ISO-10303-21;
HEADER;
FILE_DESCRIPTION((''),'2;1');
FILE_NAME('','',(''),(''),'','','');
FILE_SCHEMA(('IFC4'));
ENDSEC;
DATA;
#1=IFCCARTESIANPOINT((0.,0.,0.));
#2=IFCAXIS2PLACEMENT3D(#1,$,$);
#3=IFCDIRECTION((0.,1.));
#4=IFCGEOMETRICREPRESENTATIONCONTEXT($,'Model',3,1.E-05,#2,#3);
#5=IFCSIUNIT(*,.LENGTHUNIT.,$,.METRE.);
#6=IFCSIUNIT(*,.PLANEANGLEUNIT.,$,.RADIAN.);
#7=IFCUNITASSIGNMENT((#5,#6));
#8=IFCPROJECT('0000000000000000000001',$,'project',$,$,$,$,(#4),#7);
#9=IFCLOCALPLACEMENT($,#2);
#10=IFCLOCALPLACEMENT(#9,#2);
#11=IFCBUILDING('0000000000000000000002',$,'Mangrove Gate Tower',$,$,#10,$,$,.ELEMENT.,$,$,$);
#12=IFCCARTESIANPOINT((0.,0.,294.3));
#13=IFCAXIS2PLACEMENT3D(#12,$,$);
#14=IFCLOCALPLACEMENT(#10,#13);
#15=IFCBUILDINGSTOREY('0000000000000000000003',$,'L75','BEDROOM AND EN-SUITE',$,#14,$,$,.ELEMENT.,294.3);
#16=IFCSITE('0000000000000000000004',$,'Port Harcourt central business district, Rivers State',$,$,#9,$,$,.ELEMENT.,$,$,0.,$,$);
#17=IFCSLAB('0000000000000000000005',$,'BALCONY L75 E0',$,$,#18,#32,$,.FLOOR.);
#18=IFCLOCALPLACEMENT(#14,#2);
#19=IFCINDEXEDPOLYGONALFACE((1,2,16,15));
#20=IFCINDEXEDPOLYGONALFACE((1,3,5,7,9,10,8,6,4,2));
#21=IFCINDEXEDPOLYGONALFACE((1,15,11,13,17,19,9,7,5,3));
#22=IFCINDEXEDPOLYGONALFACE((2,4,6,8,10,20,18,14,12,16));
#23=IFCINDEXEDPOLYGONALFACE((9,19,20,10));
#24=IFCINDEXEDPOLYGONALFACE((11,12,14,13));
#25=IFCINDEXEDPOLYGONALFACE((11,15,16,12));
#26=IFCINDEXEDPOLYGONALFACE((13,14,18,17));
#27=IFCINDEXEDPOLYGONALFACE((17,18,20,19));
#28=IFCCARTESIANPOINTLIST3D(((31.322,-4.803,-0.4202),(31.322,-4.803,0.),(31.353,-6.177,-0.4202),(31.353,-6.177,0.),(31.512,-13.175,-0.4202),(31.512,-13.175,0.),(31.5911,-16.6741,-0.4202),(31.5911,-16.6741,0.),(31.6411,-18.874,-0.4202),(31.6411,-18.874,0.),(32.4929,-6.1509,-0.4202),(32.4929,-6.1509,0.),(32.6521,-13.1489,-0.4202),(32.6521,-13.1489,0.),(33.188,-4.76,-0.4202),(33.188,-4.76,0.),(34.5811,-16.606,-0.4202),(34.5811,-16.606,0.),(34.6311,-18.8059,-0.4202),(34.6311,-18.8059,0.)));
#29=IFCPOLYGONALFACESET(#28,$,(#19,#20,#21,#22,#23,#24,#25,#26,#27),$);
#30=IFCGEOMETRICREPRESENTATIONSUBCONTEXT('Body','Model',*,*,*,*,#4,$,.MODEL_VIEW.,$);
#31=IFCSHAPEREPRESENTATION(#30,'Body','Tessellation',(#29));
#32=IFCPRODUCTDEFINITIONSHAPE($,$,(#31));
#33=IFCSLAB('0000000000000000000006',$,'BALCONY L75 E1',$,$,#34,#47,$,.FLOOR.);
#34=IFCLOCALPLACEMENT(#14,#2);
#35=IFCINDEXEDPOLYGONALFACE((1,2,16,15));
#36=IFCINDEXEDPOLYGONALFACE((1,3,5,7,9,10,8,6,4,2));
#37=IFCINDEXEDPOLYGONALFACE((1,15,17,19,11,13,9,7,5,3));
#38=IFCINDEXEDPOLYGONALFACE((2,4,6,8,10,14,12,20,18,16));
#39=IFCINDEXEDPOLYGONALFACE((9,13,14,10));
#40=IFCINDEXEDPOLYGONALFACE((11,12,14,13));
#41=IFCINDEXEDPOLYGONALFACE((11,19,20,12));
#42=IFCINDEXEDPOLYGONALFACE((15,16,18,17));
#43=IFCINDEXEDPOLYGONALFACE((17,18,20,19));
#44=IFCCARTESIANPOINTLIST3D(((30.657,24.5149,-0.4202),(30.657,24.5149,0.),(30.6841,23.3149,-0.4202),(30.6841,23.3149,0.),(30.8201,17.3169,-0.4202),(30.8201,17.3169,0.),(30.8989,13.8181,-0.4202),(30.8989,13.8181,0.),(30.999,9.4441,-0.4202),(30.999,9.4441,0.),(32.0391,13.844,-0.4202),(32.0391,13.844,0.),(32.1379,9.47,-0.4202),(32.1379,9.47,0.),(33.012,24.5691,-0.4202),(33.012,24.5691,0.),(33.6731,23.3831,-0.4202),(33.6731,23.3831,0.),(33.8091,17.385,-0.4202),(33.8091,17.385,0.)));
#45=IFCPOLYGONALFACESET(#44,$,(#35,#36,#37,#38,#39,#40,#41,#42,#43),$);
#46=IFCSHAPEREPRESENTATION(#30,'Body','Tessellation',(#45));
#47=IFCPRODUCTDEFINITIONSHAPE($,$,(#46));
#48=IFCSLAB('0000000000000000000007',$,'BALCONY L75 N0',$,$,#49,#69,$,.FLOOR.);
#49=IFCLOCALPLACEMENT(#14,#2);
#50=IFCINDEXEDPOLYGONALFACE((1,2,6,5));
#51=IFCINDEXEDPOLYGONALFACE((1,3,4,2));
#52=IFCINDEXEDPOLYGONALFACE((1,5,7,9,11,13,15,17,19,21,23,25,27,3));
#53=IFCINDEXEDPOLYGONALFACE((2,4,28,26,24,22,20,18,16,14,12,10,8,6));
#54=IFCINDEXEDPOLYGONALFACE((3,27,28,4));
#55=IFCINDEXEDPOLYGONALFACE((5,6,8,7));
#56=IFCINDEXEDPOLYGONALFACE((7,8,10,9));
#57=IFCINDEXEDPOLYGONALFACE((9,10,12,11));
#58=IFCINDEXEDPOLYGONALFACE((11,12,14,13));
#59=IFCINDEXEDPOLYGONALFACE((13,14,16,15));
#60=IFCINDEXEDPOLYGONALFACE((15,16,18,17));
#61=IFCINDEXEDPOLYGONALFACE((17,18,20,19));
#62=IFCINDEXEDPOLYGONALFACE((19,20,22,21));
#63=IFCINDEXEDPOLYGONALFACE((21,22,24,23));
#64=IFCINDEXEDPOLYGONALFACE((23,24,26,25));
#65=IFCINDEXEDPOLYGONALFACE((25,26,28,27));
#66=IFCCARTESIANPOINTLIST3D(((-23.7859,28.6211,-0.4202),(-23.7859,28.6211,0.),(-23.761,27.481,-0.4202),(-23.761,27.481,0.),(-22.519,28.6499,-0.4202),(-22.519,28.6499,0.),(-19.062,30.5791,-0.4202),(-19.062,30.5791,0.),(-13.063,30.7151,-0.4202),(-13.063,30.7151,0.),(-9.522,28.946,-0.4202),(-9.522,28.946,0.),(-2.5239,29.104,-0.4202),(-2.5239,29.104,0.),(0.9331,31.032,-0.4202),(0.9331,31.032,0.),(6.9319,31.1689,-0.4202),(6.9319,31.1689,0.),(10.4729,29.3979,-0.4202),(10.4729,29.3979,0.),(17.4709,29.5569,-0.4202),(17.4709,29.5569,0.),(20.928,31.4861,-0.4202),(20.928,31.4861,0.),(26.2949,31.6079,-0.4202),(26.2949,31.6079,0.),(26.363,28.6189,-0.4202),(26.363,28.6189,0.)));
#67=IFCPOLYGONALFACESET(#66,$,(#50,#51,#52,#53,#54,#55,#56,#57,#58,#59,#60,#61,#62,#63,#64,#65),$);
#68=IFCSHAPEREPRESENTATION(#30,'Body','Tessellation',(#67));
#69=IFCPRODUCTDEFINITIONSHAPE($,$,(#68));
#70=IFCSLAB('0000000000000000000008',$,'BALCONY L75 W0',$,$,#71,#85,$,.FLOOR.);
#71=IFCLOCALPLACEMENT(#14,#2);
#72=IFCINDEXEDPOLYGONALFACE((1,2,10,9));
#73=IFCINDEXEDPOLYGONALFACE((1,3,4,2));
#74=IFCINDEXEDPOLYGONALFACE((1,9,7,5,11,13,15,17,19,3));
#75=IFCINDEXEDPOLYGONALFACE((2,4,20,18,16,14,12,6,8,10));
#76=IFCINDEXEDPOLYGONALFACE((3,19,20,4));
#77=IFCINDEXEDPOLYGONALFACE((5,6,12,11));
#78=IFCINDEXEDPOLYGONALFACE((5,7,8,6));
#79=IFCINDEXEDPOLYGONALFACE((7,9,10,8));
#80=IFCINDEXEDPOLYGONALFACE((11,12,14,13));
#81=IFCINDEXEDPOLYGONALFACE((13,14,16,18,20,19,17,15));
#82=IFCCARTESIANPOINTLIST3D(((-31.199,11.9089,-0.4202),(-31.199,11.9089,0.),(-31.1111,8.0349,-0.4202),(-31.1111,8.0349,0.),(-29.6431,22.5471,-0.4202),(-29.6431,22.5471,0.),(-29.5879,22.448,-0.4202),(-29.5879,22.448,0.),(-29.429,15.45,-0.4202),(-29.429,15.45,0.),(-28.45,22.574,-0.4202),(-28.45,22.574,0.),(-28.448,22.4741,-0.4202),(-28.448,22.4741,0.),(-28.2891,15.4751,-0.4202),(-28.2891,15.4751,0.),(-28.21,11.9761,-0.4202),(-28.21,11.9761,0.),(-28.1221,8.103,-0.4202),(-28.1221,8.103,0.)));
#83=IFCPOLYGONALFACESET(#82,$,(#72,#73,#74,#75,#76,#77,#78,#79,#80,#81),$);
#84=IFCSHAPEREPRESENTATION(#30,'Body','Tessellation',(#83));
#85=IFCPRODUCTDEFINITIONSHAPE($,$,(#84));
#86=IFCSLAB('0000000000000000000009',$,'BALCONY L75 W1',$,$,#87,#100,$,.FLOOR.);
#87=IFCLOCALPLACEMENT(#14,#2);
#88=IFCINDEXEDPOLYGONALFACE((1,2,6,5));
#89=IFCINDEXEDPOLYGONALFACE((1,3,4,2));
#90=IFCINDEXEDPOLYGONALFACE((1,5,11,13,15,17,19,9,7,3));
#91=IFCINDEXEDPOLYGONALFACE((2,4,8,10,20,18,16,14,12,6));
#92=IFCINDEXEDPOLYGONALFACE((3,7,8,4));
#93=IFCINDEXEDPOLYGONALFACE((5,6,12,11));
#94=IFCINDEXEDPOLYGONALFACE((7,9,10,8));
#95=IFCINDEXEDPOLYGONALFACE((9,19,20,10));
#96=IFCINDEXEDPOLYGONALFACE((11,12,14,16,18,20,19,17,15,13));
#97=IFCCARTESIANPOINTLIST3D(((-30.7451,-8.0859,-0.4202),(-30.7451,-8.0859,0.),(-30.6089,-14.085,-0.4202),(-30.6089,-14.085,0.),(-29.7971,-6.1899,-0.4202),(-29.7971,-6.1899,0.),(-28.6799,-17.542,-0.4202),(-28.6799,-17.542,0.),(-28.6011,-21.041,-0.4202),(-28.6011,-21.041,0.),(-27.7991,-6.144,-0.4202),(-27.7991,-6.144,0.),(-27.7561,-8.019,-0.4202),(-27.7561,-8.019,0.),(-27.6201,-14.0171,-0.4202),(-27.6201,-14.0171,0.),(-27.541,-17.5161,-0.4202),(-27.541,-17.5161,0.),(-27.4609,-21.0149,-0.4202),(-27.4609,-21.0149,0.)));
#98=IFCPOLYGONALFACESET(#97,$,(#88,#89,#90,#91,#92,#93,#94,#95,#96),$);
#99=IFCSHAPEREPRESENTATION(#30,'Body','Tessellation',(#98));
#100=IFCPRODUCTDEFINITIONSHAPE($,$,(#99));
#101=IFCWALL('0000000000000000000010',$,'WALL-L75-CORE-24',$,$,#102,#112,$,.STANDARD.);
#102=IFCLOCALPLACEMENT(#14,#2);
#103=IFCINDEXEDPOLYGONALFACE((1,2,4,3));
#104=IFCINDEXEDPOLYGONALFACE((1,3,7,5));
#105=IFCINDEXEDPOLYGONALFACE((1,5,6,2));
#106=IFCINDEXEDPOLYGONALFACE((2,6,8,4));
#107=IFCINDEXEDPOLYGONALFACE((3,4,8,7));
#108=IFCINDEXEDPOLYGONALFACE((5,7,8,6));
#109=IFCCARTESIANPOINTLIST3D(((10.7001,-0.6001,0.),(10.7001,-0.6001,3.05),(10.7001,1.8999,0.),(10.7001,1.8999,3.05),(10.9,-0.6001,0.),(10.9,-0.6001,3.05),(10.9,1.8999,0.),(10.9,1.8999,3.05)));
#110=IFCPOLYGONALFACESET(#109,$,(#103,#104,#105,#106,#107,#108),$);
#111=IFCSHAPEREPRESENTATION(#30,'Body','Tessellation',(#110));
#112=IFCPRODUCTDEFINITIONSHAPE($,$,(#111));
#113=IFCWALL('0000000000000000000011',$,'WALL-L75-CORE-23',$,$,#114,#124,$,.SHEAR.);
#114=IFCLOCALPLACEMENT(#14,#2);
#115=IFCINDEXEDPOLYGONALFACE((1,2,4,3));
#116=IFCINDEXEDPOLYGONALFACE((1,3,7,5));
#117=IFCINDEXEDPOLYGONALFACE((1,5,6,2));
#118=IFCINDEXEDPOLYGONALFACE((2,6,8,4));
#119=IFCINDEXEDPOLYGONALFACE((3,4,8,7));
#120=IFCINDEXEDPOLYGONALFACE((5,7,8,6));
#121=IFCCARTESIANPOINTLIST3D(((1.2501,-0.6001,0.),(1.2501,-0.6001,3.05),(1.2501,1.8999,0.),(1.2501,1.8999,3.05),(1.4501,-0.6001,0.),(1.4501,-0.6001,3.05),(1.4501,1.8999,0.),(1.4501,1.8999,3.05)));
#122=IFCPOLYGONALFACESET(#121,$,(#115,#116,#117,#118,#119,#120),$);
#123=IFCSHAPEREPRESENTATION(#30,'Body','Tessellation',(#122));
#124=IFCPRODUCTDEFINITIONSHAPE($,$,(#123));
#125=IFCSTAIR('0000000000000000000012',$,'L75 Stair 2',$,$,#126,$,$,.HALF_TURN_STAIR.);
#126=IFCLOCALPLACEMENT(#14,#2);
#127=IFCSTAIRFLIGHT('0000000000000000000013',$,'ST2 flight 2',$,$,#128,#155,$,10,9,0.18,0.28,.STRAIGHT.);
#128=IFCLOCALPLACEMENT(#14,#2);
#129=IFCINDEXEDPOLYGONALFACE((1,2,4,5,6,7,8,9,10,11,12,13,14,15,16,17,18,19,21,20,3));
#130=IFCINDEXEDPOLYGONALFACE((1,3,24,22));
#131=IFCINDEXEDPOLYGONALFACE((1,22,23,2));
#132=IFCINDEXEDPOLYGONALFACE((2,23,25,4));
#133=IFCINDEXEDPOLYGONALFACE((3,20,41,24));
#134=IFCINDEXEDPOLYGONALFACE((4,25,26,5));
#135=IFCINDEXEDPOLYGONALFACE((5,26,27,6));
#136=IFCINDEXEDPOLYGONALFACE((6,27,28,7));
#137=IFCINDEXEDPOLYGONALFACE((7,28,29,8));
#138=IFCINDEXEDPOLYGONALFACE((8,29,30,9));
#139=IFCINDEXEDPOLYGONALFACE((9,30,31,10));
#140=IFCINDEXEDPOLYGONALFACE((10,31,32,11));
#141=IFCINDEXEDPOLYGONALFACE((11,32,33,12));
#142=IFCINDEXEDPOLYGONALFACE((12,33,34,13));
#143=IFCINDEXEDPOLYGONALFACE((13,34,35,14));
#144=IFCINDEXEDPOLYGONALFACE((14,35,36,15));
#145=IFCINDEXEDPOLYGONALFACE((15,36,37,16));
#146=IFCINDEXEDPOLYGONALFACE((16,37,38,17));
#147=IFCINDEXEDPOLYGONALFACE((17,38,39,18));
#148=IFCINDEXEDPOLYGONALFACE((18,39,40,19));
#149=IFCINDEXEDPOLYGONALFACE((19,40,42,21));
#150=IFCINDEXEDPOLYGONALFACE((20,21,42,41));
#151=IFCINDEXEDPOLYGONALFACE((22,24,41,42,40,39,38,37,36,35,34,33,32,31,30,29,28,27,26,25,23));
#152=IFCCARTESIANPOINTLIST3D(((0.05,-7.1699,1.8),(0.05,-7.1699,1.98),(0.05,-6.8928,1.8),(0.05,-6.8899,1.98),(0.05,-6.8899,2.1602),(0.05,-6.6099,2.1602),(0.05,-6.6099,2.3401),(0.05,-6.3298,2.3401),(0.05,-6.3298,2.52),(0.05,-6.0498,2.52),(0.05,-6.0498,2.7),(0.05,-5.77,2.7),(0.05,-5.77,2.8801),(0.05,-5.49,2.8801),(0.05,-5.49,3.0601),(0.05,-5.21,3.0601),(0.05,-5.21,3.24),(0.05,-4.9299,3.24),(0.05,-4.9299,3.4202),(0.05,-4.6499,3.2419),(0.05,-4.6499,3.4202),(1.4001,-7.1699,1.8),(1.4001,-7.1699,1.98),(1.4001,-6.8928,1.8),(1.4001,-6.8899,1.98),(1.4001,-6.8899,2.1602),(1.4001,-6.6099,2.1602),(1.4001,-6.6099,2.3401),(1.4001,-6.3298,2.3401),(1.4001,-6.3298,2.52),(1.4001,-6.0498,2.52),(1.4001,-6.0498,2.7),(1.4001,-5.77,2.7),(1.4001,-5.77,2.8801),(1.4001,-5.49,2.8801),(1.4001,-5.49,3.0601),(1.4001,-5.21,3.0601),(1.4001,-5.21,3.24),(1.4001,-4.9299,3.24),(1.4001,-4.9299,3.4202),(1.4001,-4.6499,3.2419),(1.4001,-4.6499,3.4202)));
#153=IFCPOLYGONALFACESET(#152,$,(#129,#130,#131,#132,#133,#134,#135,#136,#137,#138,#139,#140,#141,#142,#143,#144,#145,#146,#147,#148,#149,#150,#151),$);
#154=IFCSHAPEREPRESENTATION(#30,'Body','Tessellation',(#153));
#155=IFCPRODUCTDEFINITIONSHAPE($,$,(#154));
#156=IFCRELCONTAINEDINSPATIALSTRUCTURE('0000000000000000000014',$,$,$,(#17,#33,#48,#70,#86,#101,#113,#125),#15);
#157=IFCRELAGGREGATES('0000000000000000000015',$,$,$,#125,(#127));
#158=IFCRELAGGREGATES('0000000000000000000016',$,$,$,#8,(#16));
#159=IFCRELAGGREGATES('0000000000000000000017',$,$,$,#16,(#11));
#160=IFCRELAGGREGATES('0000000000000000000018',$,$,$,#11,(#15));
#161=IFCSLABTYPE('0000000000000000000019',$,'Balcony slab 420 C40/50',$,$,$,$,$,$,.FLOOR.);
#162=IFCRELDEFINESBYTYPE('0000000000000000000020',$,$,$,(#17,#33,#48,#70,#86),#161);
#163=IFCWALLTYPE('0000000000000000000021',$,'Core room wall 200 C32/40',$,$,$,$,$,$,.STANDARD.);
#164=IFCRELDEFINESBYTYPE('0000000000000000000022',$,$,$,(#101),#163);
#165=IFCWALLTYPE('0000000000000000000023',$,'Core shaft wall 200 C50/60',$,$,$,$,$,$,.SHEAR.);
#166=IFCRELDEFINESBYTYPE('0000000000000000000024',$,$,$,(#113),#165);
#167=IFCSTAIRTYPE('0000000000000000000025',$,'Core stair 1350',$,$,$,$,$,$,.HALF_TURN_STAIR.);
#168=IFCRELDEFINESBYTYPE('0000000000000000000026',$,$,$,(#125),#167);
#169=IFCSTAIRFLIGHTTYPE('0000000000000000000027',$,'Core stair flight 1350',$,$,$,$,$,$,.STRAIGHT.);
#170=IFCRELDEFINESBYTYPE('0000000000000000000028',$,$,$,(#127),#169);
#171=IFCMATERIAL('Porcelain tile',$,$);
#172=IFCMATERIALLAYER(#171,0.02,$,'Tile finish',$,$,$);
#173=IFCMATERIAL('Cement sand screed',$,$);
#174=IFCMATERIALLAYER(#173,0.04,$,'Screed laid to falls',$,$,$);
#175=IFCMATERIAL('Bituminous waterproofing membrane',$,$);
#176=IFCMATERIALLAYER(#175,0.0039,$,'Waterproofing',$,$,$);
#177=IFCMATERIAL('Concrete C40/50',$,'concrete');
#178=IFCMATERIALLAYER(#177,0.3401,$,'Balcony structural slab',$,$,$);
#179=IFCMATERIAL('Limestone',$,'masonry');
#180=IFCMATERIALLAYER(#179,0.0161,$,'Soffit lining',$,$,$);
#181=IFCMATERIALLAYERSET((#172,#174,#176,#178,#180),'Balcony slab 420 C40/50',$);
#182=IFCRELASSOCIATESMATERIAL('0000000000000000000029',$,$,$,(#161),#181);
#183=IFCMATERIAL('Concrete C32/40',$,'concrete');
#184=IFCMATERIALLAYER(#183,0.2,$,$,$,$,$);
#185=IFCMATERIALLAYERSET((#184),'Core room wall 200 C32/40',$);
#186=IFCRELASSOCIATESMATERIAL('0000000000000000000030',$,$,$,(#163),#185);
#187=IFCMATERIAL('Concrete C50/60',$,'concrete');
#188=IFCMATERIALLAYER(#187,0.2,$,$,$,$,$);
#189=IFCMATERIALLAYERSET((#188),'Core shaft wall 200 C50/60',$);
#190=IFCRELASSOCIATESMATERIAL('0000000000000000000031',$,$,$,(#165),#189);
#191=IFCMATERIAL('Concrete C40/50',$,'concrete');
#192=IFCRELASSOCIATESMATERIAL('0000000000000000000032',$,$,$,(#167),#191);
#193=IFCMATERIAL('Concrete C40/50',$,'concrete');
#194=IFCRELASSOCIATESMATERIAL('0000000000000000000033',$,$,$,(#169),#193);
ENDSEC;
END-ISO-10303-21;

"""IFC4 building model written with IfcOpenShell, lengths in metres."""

from ifc_helpers import new_model, si_unit, direction, frame, frame_2d, origin, place, context, subcontext, project, spatial, polyline, rectangle, outline, extrude, material, layer, layer_set, type_object, element, aggregate, save


model = new_model("IFC4")

# Units and contexts
model_context = context("Model", 3, precision=1e-05, world=origin(), true_north=direction((0.0, 1.0)))
body_context = subcontext(model_context, "Body", "Model", "MODEL_VIEW")
ifc_project = project(units=[si_unit("LENGTHUNIT", "METRE"), si_unit("PLANEANGLEUNIT", "RADIAN")], contexts=[model_context])

# Site, building, storey
site_placement = place(None, origin())
site = spatial("IfcSite", under=ifc_project, at=site_placement, Name="Port Harcourt central business district, Rivers State", CompositionType="ELEMENT", RefElevation=0.0)
building_placement = place(site_placement, origin())
building = spatial("IfcBuilding", under=site, at=building_placement, Name="Mangrove Gate Tower", CompositionType="ELEMENT")
storey_placement = place(building_placement, frame((0.0, 0.0, 294.3)))
storey = spatial("IfcBuildingStorey", under=building, at=storey_placement, Name="L75", Description="BEDROOM AND EN-SUITE", CompositionType="ELEMENT", Elevation=294.3)

# Slabs
ifc_material_1 = material(Name="Porcelain tile")
ifc_layer_1 = layer(ifc_material_1, 0.02, Name="Tile finish")
ifc_material_2 = material(Name="Cement sand screed")
ifc_layer_2 = layer(ifc_material_2, 0.04, Name="Screed laid to falls")
ifc_material_3 = material(Name="Bituminous waterproofing membrane")
ifc_layer_3 = layer(ifc_material_3, 0.0039, Name="Waterproofing")
ifc_material_4 = material(Name="Concrete C40/50", Category="concrete")
ifc_layer_4 = layer(ifc_material_4, 0.3401, Name="Balcony structural slab")
ifc_material_5 = material(Name="Limestone", Category="masonry")
ifc_layer_5 = layer(ifc_material_5, 0.0161, Name="Soffit lining")
ifc_layer_set_1 = layer_set([ifc_layer_1, ifc_layer_2, ifc_layer_3, ifc_layer_4, ifc_layer_5], Name="Balcony slab 420 C40/50")
slab_type = type_object("IfcSlabType", Name="Balcony slab 420 C40/50", PredefinedType="FLOOR", material=ifc_layer_set_1)
slab_1_placement = place(storey_placement, frame((0.0, 0.0, -0.4202)))
element("IfcSlab", 1, at=slab_1_placement, inside=storey, type_object=slab_type, Name="BALCONY L75 E0", PredefinedType="FLOOR", context=body_context, shape_type="SweptSolid", body=[
    extrude(outline(polyline([(34.6311, -18.8059), (34.5811, -16.606), (32.6521, -13.1489), (32.4929, -6.1509), (33.188, -4.76), (31.322, -4.803), (31.353, -6.177), (31.512, -13.175), (31.5911, -16.6741), (31.6411, -18.874), (34.6311, -18.8059)])), origin(), (0.0, 0.0, 1.0), 0.4202),
])
slab_2_placement = place(storey_placement, frame((0.0, 0.0, -0.4202)))
element("IfcSlab", 2, at=slab_2_placement, inside=storey, type_object=slab_type, Name="BALCONY L75 E1", PredefinedType="FLOOR", context=body_context, shape_type="SweptSolid", body=[
    extrude(outline(polyline([(32.1379, 9.47), (32.0391, 13.844), (33.8091, 17.385), (33.6731, 23.3831), (33.012, 24.5691), (30.657, 24.5149), (30.6841, 23.3149), (30.8201, 17.3169), (30.8989, 13.8181), (30.999, 9.4441), (32.1379, 9.47)])), origin(), (0.0, 0.0, 1.0), 0.4202),
])
slab_3_placement = place(storey_placement, frame((0.0, 0.0, -0.4202)))
element("IfcSlab", 3, at=slab_3_placement, inside=storey, type_object=slab_type, Name="BALCONY L75 N0", PredefinedType="FLOOR", context=body_context, shape_type="SweptSolid", body=[
    extrude(outline(polyline([(26.2949, 31.6079), (20.928, 31.4861), (17.4709, 29.5569), (10.4729, 29.3979), (6.9319, 31.1689), (0.9331, 31.032), (-2.5239, 29.104), (-9.522, 28.946), (-13.063, 30.7151), (-19.062, 30.5791), (-22.519, 28.6499), (-23.7859, 28.6211), (-23.761, 27.481), (26.363, 28.6189), (26.2949, 31.6079)])), origin(), (0.0, 0.0, 1.0), 0.4202),
])
slab_4_placement = place(storey_placement, frame((0.0, 0.0, -0.4202)))
element("IfcSlab", 4, at=slab_4_placement, inside=storey, type_object=slab_type, Name="BALCONY L75 W0", PredefinedType="FLOOR", context=body_context, shape_type="SweptSolid", body=[
    extrude(outline(polyline([(-29.6431, 22.5471), (-29.5879, 22.448), (-29.429, 15.45), (-31.199, 11.9089), (-31.1111, 8.0349), (-28.1221, 8.103), (-28.21, 11.9761), (-28.2891, 15.4751), (-28.448, 22.4741), (-28.45, 22.574), (-29.6431, 22.5471)])), origin(), (0.0, 0.0, 1.0), 0.4202),
])
slab_5_placement = place(storey_placement, frame((0.0, 0.0, -0.4202)))
element("IfcSlab", 5, at=slab_5_placement, inside=storey, type_object=slab_type, Name="BALCONY L75 W1", PredefinedType="FLOOR", context=body_context, shape_type="SweptSolid", body=[
    extrude(outline(polyline([(-29.7971, -6.1899), (-30.7451, -8.0859), (-30.6089, -14.085), (-28.6799, -17.542), (-28.6011, -21.041), (-27.4609, -21.0149), (-27.541, -17.5161), (-27.6201, -14.0171), (-27.7561, -8.019), (-27.7991, -6.144), (-29.7971, -6.1899)])), origin(), (0.0, 0.0, 1.0), 0.4202),
])

# Walls
ifc_material_6 = material(Name="Concrete C32/40", Category="concrete")
ifc_layer_6 = layer(ifc_material_6, 0.2)
ifc_layer_set_2 = layer_set([ifc_layer_6], Name="Core room wall 200 C32/40")
wall_type_1 = type_object("IfcWallType", Name="Core room wall 200 C32/40", PredefinedType="STANDARD", material=ifc_layer_set_2)
wall_1_placement = place(storey_placement, frame((10.8, -0.6001, 0.0), z_axis=(0.0, 0.0, 1.0), x_axis=(0.0, 1.0, 0.0)))
element("IfcWall", 6, at=wall_1_placement, inside=storey, type_object=wall_type_1, Name="WALL-L75-CORE-24", PredefinedType="STANDARD", context=body_context, shape_type="SweptSolid", body=[
    extrude(rectangle(XDim=2.5, YDim=0.2, at=frame_2d((1.25, 0.0))), origin(), (0.0, 0.0, 1.0), 3.05),
])
ifc_material_7 = material(Name="Concrete C50/60", Category="concrete")
ifc_layer_7 = layer(ifc_material_7, 0.2)
ifc_layer_set_3 = layer_set([ifc_layer_7], Name="Core shaft wall 200 C50/60")
wall_type_2 = type_object("IfcWallType", Name="Core shaft wall 200 C50/60", PredefinedType="SHEAR", material=ifc_layer_set_3)
wall_2_placement = place(storey_placement, frame((1.3501, -0.6001, 0.0), z_axis=(0.0, 0.0, 1.0), x_axis=(0.0, 1.0, 0.0)))
element("IfcWall", 7, at=wall_2_placement, inside=storey, type_object=wall_type_2, Name="WALL-L75-CORE-23", PredefinedType="SHEAR", context=body_context, shape_type="SweptSolid", body=[
    extrude(rectangle(XDim=2.5, YDim=0.2, at=frame_2d((1.25, 0.0))), origin(), (0.0, 0.0, 1.0), 3.05),
])

# Stair, stair flight
ifc_material_8 = material(Name="Concrete C40/50", Category="concrete")
stair_type = type_object("IfcStairType", Name="Core stair 1350", PredefinedType="HALF_TURN_STAIR", material=ifc_material_8)
stair_1_placement = place(storey_placement, origin())
stair_1 = element("IfcStair", 8, at=stair_1_placement, inside=storey, type_object=stair_type, Name="L75 Stair 2", PredefinedType="HALF_TURN_STAIR")
ifc_material_9 = material(Name="Concrete C40/50", Category="concrete")
stair_flight_type = type_object("IfcStairFlightType", Name="Core stair flight 1350", PredefinedType="STRAIGHT", material=ifc_material_9)
stair_flight_1_placement = place(storey_placement, frame((0.7251, -7.1699, 1.8), z_axis=(0.0, 0.0, 1.0), x_axis=(0.0, 1.0, 0.0)))
stair_flight_1 = element("IfcStairFlight", 9, at=stair_flight_1_placement, type_object=stair_flight_type, Name="ST2 flight 2", NumberOfRisers=10, NumberOfTreads=9, PredefinedType="STRAIGHT", RiserHeight=0.18, TreadLength=0.28, context=body_context, shape_type="SweptSolid", body=[
    extrude(outline(polyline([(0.0, 0.0), (0.0, 0.1799), (0.28, 0.1799), (0.28, 0.3601), (0.5601, 0.3601), (0.5601, 0.54), (0.8401, 0.54), (0.8401, 0.72), (1.1201, 0.72), (1.1201, 0.8999), (1.3999, 0.8999), (1.3999, 1.0801), (1.6799, 1.0801), (1.6799, 1.26), (1.96, 1.26), (1.96, 1.4399), (2.24, 1.4399), (2.24, 1.6201), (2.52, 1.6201), (2.52, 1.8), (2.52, 1.4419), (0.2771, 0.0), (0.0, 0.0)])), frame((0.0, 0.675, 0.0), z_axis=(0.0, -1.0, 0.0), x_axis=(1.0, 0.0, 0.0)), (0.0, 0.0, 1.0), 1.3501),
])
aggregate(stair_1, [stair_flight_1])

save(model, "model.ifc")
